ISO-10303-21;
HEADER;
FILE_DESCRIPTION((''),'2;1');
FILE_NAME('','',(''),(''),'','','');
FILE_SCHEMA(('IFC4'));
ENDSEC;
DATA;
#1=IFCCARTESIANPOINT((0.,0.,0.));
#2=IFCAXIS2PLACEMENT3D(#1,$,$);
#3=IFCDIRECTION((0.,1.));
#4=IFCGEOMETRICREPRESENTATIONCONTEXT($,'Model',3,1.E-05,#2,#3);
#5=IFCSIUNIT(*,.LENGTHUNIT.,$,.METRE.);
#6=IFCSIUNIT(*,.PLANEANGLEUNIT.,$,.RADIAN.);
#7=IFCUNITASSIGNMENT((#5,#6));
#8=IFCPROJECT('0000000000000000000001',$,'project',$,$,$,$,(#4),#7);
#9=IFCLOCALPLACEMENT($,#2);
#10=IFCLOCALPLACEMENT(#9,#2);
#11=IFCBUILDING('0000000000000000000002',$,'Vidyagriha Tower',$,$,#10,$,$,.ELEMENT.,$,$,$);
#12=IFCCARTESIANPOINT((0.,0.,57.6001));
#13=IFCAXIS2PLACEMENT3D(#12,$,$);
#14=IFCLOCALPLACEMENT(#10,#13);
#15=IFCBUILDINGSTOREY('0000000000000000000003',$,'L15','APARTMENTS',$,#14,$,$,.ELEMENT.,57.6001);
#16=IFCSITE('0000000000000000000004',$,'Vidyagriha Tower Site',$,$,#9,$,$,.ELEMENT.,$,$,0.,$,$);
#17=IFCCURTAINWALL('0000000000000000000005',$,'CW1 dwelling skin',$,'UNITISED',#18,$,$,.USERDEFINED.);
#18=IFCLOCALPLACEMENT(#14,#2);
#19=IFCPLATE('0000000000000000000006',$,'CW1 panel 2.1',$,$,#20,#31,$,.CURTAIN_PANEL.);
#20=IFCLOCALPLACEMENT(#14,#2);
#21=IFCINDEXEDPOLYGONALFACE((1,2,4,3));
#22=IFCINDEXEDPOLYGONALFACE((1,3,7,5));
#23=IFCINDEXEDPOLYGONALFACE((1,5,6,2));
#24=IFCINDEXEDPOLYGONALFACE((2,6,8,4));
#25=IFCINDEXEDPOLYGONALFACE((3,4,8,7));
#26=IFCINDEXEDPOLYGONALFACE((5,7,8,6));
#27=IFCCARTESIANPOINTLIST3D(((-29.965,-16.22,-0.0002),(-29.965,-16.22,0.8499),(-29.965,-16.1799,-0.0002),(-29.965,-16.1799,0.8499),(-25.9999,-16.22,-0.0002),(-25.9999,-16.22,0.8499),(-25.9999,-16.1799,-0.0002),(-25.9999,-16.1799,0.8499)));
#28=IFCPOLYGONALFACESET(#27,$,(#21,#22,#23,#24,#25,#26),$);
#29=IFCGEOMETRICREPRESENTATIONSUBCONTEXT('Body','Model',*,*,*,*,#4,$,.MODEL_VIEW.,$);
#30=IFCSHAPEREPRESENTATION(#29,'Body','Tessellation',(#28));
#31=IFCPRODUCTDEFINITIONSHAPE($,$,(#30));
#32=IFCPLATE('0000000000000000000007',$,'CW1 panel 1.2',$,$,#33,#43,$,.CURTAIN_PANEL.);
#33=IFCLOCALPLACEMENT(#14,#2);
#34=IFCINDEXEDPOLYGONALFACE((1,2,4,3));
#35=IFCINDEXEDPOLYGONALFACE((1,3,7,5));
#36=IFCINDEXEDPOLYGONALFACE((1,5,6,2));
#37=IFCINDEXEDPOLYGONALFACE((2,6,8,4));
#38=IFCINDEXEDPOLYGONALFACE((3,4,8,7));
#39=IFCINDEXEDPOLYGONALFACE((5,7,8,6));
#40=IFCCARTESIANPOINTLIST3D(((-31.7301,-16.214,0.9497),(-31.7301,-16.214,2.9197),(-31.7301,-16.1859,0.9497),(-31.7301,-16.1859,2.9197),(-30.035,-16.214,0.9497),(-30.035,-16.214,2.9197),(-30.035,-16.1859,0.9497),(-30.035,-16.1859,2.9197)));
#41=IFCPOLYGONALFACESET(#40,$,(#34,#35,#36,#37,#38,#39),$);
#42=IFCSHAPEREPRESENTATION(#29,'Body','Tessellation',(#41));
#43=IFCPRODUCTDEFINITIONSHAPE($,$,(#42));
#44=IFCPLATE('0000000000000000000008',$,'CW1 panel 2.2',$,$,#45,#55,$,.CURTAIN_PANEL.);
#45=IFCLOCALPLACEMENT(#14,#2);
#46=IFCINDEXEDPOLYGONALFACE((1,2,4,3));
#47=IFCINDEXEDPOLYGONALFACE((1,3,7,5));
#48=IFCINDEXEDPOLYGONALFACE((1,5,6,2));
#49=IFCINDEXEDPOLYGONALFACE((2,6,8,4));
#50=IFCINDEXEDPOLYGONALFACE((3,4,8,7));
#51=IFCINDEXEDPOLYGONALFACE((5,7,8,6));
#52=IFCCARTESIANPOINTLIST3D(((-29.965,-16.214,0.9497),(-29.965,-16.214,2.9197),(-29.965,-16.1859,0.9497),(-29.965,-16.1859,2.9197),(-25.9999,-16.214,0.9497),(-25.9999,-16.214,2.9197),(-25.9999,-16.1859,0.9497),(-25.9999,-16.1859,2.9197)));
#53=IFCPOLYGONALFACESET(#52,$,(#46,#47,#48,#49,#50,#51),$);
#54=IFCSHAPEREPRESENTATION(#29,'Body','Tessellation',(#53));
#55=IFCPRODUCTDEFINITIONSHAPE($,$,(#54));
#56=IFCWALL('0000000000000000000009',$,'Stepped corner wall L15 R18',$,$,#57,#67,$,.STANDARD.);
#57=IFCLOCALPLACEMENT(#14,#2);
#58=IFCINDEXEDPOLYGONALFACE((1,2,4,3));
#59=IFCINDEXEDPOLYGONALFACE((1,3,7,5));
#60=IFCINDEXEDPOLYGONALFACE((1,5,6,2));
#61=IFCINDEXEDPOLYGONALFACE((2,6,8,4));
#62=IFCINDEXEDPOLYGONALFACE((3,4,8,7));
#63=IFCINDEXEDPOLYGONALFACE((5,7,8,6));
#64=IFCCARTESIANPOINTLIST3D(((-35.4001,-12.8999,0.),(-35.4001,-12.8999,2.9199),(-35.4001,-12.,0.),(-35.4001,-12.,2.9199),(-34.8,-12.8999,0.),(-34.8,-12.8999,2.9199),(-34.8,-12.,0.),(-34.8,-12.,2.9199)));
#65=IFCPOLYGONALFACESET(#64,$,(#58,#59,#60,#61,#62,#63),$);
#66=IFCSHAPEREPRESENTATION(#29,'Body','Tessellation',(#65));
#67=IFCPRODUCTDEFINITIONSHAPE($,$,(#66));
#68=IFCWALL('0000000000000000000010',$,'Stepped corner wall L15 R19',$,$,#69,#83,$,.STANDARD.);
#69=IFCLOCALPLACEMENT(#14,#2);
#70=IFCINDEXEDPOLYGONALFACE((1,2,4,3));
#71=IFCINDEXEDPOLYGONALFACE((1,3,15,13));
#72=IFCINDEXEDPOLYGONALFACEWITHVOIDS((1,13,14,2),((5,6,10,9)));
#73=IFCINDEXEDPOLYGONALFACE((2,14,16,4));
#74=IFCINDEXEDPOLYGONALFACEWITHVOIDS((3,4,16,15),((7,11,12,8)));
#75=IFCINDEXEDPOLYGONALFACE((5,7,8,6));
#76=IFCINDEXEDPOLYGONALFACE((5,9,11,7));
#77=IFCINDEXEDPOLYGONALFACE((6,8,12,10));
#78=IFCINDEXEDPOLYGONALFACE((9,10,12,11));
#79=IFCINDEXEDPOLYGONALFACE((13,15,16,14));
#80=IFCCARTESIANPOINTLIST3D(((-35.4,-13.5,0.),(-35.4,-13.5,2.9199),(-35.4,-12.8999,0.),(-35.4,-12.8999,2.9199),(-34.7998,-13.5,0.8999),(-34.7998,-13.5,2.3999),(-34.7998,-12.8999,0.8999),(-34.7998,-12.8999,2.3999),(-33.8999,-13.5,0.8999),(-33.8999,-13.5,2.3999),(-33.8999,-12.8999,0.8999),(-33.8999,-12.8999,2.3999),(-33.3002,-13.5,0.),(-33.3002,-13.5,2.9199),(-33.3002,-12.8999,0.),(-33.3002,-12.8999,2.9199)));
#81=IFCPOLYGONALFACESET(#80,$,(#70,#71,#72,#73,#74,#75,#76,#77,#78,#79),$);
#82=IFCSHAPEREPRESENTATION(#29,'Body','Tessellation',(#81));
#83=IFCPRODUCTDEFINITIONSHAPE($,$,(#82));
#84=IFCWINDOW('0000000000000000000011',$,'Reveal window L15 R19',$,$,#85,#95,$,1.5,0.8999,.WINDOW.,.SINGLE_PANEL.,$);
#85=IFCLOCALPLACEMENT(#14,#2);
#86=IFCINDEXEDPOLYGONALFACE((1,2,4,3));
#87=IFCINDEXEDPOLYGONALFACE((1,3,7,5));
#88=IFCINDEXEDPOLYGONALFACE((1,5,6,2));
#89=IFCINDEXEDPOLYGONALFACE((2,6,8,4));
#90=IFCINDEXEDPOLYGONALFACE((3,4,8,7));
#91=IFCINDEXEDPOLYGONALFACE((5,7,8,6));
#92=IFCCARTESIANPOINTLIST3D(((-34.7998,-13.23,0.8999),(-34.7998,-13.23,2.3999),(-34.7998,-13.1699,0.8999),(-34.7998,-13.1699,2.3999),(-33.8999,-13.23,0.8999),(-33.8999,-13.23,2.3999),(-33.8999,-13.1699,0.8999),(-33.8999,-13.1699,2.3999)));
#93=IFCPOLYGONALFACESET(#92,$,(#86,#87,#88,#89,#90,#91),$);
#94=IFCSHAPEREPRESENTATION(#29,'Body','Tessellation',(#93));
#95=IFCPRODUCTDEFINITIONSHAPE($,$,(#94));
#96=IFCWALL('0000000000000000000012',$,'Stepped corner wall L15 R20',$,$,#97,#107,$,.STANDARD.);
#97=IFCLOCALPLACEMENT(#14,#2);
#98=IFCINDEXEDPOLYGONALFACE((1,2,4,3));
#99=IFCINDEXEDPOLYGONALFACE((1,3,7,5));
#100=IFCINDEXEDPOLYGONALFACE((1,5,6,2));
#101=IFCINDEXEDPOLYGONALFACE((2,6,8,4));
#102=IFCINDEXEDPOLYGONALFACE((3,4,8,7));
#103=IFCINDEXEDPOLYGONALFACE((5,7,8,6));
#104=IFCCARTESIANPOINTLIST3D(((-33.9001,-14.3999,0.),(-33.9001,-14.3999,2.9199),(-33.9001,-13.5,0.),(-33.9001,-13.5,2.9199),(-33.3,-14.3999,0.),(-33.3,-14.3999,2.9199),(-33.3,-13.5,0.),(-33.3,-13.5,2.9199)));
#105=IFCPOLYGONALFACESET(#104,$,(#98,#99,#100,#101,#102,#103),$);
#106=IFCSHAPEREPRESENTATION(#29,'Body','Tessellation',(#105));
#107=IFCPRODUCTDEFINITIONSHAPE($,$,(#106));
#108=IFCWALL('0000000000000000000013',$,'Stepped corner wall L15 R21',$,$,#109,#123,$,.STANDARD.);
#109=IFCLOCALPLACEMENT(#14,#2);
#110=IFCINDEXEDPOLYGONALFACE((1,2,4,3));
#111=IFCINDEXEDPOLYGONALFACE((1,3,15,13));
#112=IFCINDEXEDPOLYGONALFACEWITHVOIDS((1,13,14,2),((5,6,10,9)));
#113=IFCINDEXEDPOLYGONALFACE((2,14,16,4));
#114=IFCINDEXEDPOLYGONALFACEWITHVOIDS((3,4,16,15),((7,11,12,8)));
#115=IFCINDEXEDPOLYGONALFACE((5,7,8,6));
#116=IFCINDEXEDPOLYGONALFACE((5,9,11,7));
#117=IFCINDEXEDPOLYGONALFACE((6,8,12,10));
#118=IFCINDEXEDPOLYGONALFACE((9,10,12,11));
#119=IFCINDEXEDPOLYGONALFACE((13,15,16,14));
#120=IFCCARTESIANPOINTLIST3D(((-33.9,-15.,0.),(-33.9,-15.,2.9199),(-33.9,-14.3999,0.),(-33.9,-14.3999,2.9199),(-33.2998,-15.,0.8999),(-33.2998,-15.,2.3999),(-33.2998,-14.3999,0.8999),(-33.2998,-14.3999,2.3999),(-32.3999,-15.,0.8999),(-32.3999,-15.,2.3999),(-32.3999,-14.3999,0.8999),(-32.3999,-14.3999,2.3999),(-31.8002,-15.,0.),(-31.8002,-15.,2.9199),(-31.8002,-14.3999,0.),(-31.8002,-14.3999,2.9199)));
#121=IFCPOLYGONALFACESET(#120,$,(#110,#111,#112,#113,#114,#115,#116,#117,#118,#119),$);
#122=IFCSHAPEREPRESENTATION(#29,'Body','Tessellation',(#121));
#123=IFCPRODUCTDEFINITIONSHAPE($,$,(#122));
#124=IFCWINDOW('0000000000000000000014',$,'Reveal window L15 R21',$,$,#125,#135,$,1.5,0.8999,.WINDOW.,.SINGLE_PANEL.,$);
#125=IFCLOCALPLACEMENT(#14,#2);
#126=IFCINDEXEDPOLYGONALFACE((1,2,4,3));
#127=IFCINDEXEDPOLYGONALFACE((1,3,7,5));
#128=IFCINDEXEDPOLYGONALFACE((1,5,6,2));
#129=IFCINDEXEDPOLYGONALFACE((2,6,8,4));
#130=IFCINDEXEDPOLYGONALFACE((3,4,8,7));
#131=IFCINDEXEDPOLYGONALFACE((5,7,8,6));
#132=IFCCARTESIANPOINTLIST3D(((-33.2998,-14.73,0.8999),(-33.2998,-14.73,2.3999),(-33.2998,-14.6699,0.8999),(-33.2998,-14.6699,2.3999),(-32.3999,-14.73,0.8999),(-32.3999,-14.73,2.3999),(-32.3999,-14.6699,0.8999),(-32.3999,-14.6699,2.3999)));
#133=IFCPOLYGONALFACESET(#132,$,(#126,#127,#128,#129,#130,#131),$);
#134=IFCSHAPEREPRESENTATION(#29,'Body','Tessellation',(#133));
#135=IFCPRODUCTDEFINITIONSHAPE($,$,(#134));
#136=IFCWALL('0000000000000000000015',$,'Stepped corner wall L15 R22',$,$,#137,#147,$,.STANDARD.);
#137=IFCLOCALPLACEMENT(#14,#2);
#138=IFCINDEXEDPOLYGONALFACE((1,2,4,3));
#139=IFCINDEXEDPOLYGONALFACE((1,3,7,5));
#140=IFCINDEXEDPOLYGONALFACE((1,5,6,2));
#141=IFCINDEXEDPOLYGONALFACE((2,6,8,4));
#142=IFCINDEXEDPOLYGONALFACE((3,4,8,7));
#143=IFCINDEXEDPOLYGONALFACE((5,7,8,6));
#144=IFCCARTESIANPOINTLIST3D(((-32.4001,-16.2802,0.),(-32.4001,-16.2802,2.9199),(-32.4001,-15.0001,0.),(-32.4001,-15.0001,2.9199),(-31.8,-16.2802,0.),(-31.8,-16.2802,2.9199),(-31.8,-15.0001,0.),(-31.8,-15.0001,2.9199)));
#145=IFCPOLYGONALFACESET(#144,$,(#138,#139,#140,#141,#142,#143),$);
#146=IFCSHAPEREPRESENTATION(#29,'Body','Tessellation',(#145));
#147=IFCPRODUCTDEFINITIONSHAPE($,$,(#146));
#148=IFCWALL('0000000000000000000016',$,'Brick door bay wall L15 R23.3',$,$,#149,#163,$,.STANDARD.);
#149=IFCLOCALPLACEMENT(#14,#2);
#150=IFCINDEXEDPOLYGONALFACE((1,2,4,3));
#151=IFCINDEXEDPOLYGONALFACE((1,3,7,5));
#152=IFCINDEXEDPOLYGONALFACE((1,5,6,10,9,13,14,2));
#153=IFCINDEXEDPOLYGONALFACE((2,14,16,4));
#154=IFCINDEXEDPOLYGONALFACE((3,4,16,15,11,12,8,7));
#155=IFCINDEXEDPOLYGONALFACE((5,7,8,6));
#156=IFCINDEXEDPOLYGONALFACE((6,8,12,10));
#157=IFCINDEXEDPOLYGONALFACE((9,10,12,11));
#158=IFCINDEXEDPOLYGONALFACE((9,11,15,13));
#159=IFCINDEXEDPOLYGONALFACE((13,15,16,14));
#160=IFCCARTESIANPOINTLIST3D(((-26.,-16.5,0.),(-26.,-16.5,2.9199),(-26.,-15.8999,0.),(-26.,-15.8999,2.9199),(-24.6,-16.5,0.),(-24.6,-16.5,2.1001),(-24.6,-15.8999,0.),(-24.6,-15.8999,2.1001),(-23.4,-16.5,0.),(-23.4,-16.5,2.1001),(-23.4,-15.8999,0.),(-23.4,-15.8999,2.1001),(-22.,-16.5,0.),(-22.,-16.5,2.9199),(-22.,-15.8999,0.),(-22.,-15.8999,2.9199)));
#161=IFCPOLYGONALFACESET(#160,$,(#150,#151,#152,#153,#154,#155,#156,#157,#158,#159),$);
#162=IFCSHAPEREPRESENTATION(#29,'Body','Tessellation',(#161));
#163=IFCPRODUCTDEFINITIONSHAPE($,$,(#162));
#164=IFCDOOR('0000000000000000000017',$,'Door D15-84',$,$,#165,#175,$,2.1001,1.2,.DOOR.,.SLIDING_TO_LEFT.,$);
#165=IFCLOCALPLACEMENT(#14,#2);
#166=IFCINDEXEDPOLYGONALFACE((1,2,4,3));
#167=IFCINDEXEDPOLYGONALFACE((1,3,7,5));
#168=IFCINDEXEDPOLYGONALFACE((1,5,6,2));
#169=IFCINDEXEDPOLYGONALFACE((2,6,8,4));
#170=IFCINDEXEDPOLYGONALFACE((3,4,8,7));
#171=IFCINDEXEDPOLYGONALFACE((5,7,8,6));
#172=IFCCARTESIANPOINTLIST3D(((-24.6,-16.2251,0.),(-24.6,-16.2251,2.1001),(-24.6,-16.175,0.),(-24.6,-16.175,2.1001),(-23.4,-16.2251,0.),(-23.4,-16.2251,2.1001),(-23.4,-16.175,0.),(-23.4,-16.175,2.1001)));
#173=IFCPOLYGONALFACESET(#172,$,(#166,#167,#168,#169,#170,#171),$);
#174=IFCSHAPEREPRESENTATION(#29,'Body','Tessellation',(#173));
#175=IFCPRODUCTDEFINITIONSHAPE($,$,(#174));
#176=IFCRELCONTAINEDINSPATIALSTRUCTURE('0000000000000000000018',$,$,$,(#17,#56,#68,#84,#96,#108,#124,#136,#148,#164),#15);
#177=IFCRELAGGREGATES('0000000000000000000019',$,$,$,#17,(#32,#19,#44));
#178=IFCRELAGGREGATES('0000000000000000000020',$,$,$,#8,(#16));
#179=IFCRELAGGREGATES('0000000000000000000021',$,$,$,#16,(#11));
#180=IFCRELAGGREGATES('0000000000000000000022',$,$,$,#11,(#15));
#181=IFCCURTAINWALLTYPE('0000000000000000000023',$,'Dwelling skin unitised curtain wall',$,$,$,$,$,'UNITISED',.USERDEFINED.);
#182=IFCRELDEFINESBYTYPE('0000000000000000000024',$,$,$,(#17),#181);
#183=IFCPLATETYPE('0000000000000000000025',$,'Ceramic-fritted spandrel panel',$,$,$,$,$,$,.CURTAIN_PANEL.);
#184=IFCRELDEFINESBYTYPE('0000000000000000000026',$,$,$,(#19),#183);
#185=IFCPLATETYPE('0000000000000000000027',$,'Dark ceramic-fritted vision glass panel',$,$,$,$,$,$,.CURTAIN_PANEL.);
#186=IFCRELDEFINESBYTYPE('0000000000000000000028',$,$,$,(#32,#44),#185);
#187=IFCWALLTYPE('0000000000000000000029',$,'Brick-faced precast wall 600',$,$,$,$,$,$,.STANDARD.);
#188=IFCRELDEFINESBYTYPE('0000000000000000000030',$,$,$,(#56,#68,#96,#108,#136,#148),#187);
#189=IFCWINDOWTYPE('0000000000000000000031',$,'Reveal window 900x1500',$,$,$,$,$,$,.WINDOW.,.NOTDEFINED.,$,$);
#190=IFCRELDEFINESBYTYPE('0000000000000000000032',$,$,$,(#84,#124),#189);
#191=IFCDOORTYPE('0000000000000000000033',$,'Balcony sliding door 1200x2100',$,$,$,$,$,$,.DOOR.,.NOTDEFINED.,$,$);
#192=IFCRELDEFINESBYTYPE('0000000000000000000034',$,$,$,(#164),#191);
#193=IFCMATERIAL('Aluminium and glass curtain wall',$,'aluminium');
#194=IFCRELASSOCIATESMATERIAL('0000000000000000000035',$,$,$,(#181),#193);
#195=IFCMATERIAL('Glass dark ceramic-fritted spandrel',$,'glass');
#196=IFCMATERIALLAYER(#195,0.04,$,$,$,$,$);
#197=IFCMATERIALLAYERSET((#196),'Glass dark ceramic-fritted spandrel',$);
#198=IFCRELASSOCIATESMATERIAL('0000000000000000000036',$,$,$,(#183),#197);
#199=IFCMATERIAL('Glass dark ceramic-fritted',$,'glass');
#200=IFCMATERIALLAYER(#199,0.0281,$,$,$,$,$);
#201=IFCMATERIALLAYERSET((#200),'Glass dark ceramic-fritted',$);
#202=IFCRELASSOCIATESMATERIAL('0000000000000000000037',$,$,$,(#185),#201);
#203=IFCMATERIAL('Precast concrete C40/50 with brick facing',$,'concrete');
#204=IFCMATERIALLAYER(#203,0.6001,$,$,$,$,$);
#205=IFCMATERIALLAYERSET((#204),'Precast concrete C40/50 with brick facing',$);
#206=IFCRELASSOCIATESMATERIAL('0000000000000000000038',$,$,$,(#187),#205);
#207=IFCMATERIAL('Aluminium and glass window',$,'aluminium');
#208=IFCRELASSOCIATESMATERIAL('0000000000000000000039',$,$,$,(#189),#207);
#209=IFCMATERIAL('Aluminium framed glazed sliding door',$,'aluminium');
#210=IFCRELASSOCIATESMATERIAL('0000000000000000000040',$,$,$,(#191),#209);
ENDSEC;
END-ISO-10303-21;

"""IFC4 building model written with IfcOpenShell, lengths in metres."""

from ifc_helpers import new_model, si_unit, direction, frame, frame_2d, origin, origin_2d, place, context, subcontext, project, spatial, rectangle, extrude, material, layer, layer_set, type_object, element, fill, aggregate, save


model = new_model("IFC4")

# Units and contexts
model_context = context("Model", 3, precision=1e-05, world=origin(), true_north=direction((0.0, 1.0)))
body_context = subcontext(model_context, "Body", "Model", "MODEL_VIEW")
ifc_project = project(units=[si_unit("LENGTHUNIT", "METRE"), si_unit("PLANEANGLEUNIT", "RADIAN")], contexts=[model_context])

# Site, building, storey
site_placement = place(None, origin())
site = spatial("IfcSite", under=ifc_project, at=site_placement, Name="Vidyagriha Tower Site", CompositionType="ELEMENT", RefElevation=0.0)
building_placement = place(site_placement, origin())
building = spatial("IfcBuilding", under=site, at=building_placement, Name="Vidyagriha Tower", CompositionType="ELEMENT")
storey_placement = place(building_placement, frame((0.0, 0.0, 57.6001)))
storey = spatial("IfcBuildingStorey", under=building, at=storey_placement, Name="L15", Description="APARTMENTS", CompositionType="ELEMENT", Elevation=57.6001)

# Curtain wall, plates
ifc_material_1 = material(Name="Aluminium and glass curtain wall", Category="aluminium")
curtain_wall_type = type_object("IfcCurtainWallType", Name="Dwelling skin unitised curtain wall", ElementType="UNITISED", PredefinedType="USERDEFINED", material=ifc_material_1)
curtain_wall_placement = place(storey_placement, origin())
curtain_wall = element("IfcCurtainWall", 1, at=curtain_wall_placement, inside=storey, type_object=curtain_wall_type, Name="CW1 dwelling skin", ObjectType="UNITISED", PredefinedType="USERDEFINED")
ifc_material_2 = material(Name="Glass dark ceramic-fritted spandrel", Category="glass")
ifc_layer_1 = layer(ifc_material_2, 0.04)
ifc_layer_set_1 = layer_set([ifc_layer_1], Name="Glass dark ceramic-fritted spandrel")
plate_type_1 = type_object("IfcPlateType", Name="Ceramic-fritted spandrel panel", PredefinedType="CURTAIN_PANEL", material=ifc_layer_set_1)
plate_1_placement = place(storey_placement, frame((-27.9824, -16.2, -0.0002)))
plate_1 = element("IfcPlate", 2, at=plate_1_placement, type_object=plate_type_1, Name="CW1 panel 2.1", PredefinedType="CURTAIN_PANEL", context=body_context, shape_type="SweptSolid", body=[
    extrude(rectangle(XDim=3.9651, YDim=0.04, at=origin_2d()), origin(), (0.0, 0.0, 1.0), 0.8501),
])
ifc_material_3 = material(Name="Glass dark ceramic-fritted", Category="glass")
ifc_layer_2 = layer(ifc_material_3, 0.0281)
ifc_layer_set_2 = layer_set([ifc_layer_2], Name="Glass dark ceramic-fritted")
plate_type_2 = type_object("IfcPlateType", Name="Dark ceramic-fritted vision glass panel", PredefinedType="CURTAIN_PANEL", material=ifc_layer_set_2)
plate_2_placement = place(storey_placement, frame((-30.8826, -16.2, 0.9497)))
plate_2 = element("IfcPlate", 3, at=plate_2_placement, type_object=plate_type_2, Name="CW1 panel 1.2", PredefinedType="CURTAIN_PANEL", context=body_context, shape_type="SweptSolid", body=[
    extrude(rectangle(XDim=1.6951, YDim=0.0281, at=origin_2d()), origin(), (0.0, 0.0, 1.0), 1.97),
])
plate_3_placement = place(storey_placement, frame((-27.9824, -16.2, 0.9497)))
plate_3 = element("IfcPlate", 4, at=plate_3_placement, type_object=plate_type_2, Name="CW1 panel 2.2", PredefinedType="CURTAIN_PANEL", context=body_context, shape_type="SweptSolid", body=[
    extrude(rectangle(XDim=3.9651, YDim=0.0281, at=origin_2d()), origin(), (0.0, 0.0, 1.0), 1.97),
])
aggregate(curtain_wall, [plate_2, plate_1, plate_3])

# Wall
ifc_material_4 = material(Name="Precast concrete C40/50 with brick facing", Category="concrete")
ifc_layer_3 = layer(ifc_material_4, 0.6001)
ifc_layer_set_3 = layer_set([ifc_layer_3], Name="Precast concrete C40/50 with brick facing")
wall_type = type_object("IfcWallType", Name="Brick-faced precast wall 600", PredefinedType="STANDARD", material=ifc_layer_set_3)
wall_1_placement = place(storey_placement, frame((-35.1001, -12.0, 0.0), z_axis=(0.0, 0.0, 1.0), x_axis=(0.0, -1.0, 0.0)))
element("IfcWall", 5, at=wall_1_placement, inside=storey, type_object=wall_type, Name="Stepped corner wall L15 R18", PredefinedType="STANDARD", context=body_context, shape_type="SweptSolid", body=[
    extrude(rectangle(XDim=0.8999, YDim=0.6001, at=frame_2d((0.45, 0.0))), origin(), (0.0, 0.0, 1.0), 2.9199),
])

# Wall, opening, window
wall_2_placement = place(storey_placement, frame((-35.3999, -13.2, 0.0)))
wall_2 = element("IfcWall", 6, at=wall_2_placement, inside=storey, type_object=wall_type, Name="Stepped corner wall L15 R19", PredefinedType="STANDARD", context=body_context, shape_type="SweptSolid", body=[
    extrude(rectangle(XDim=2.0999, YDim=0.6001, at=frame_2d((1.0498, 0.0))), origin(), (0.0, 0.0, 1.0), 2.9199),
])
opening_1_placement = place(wall_2_placement, frame((0.6001, 0.0, 0.8999)))
opening_1 = element("IfcOpeningElement", 7, at=opening_1_placement, cuts=wall_2, PredefinedType="OPENING", context=body_context, shape_type="SweptSolid", body=[
    extrude(rectangle(XDim=0.8999, YDim=1.5, at=frame_2d((0.45, 0.75))), frame((0.0, 0.3101, 0.0), z_axis=(0.0, -1.0, 0.0), x_axis=(1.0, 0.0, 0.0)), (0.0, 0.0, 1.0), 0.6201),
])
ifc_material_5 = material(Name="Aluminium and glass window", Category="aluminium")
window_type = type_object("IfcWindowType", Name="Reveal window 900x1500", PartitioningType="NOTDEFINED", PredefinedType="WINDOW", material=ifc_material_5)
window_1_placement = place(opening_1_placement, origin())
window_1 = element("IfcWindow", 8, at=window_1_placement, inside=storey, type_object=window_type, Name="Reveal window L15 R19", OverallHeight=1.5, OverallWidth=0.8999, PartitioningType="SINGLE_PANEL", PredefinedType="WINDOW", context=body_context, shape_type="SweptSolid", body=[
    extrude(rectangle(XDim=0.8999, YDim=1.5, at=frame_2d((0.45, 0.75))), frame((0.0, 0.03, 0.0), z_axis=(0.0, -1.0, 0.0), x_axis=(1.0, 0.0, 0.0)), (0.0, 0.0, 1.0), 0.0601),
])
fill(opening_1, window_1)

# Wall
wall_3_placement = place(storey_placement, frame((-33.6001, -13.5, 0.0), z_axis=(0.0, 0.0, 1.0), x_axis=(0.0, -1.0, 0.0)))
element("IfcWall", 9, at=wall_3_placement, inside=storey, type_object=wall_type, Name="Stepped corner wall L15 R20", PredefinedType="STANDARD", context=body_context, shape_type="SweptSolid", body=[
    extrude(rectangle(XDim=0.8999, YDim=0.6001, at=frame_2d((0.45, 0.0))), origin(), (0.0, 0.0, 1.0), 2.9199),
])

# Wall, opening, window
wall_4_placement = place(storey_placement, frame((-33.8999, -14.7, 0.0)))
wall_4 = element("IfcWall", 10, at=wall_4_placement, inside=storey, type_object=wall_type, Name="Stepped corner wall L15 R21", PredefinedType="STANDARD", context=body_context, shape_type="SweptSolid", body=[
    extrude(rectangle(XDim=2.0999, YDim=0.6001, at=frame_2d((1.0498, 0.0))), origin(), (0.0, 0.0, 1.0), 2.9199),
])
opening_2_placement = place(wall_4_placement, frame((0.6001, 0.0, 0.8999)))
opening_2 = element("IfcOpeningElement", 11, at=opening_2_placement, cuts=wall_4, PredefinedType="OPENING", context=body_context, shape_type="SweptSolid", body=[
    extrude(rectangle(XDim=0.8999, YDim=1.5, at=frame_2d((0.45, 0.75))), frame((0.0, 0.3101, 0.0), z_axis=(0.0, -1.0, 0.0), x_axis=(1.0, 0.0, 0.0)), (0.0, 0.0, 1.0), 0.6201),
])
window_2_placement = place(opening_2_placement, origin())
window_2 = element("IfcWindow", 12, at=window_2_placement, inside=storey, type_object=window_type, Name="Reveal window L15 R21", OverallHeight=1.5, OverallWidth=0.8999, PartitioningType="SINGLE_PANEL", PredefinedType="WINDOW", context=body_context, shape_type="SweptSolid", body=[
    extrude(rectangle(XDim=0.8999, YDim=1.5, at=frame_2d((0.45, 0.75))), frame((0.0, 0.03, 0.0), z_axis=(0.0, -1.0, 0.0), x_axis=(1.0, 0.0, 0.0)), (0.0, 0.0, 1.0), 0.0601),
])
fill(opening_2, window_2)

# Wall
wall_5_placement = place(storey_placement, frame((-32.1001, -15.0, 0.0), z_axis=(0.0, 0.0, 1.0), x_axis=(0.0, -1.0, 0.0)))
element("IfcWall", 13, at=wall_5_placement, inside=storey, type_object=wall_type, Name="Stepped corner wall L15 R22", PredefinedType="STANDARD", context=body_context, shape_type="SweptSolid", body=[
    extrude(rectangle(XDim=1.28, YDim=0.6001, at=frame_2d((0.6401, 0.0))), origin(), (0.0, 0.0, 1.0), 2.9199),
])

# Wall, opening, door
wall_6_placement = place(storey_placement, frame((-26.0, -16.2, 0.0)))
wall_6 = element("IfcWall", 14, at=wall_6_placement, inside=storey, type_object=wall_type, Name="Brick door bay wall L15 R23.3", PredefinedType="STANDARD", context=body_context, shape_type="SweptSolid", body=[
    extrude(rectangle(XDim=4.0, YDim=0.6001, at=frame_2d((2.0, 0.0))), origin(), (0.0, 0.0, 1.0), 2.9199),
])
opening_3_placement = place(wall_6_placement, frame((1.3999, 0.0, 0.0)))
opening_3 = element("IfcOpeningElement", 15, at=opening_3_placement, cuts=wall_6, PredefinedType="OPENING", context=body_context, shape_type="SweptSolid", body=[
    extrude(rectangle(XDim=1.2, YDim=2.1001, at=frame_2d((0.6001, 1.05))), frame((0.0, 0.3101, 0.0), z_axis=(0.0, -1.0, 0.0), x_axis=(1.0, 0.0, 0.0)), (0.0, 0.0, 1.0), 0.6201),
])
ifc_material_6 = material(Name="Aluminium framed glazed sliding door", Category="aluminium")
door_type = type_object("IfcDoorType", Name="Balcony sliding door 1200x2100", OperationType="NOTDEFINED", PredefinedType="DOOR", material=ifc_material_6)
door_placement = place(opening_3_placement, origin())
door = element("IfcDoor", 16, at=door_placement, inside=storey, type_object=door_type, Name="Door D15-84", OperationType="SLIDING_TO_LEFT", OverallHeight=2.1001, OverallWidth=1.2, PredefinedType="DOOR", context=body_context, shape_type="SweptSolid", body=[
    extrude(rectangle(XDim=1.2, YDim=2.1001, at=frame_2d((0.6001, 1.05))), frame((0.0, 0.0249, 0.0), z_axis=(0.0, -1.0, 0.0), x_axis=(1.0, 0.0, 0.0)), (0.0, 0.0, 1.0), 0.05),
])
fill(opening_3, door)

save(model, "model.ifc")
